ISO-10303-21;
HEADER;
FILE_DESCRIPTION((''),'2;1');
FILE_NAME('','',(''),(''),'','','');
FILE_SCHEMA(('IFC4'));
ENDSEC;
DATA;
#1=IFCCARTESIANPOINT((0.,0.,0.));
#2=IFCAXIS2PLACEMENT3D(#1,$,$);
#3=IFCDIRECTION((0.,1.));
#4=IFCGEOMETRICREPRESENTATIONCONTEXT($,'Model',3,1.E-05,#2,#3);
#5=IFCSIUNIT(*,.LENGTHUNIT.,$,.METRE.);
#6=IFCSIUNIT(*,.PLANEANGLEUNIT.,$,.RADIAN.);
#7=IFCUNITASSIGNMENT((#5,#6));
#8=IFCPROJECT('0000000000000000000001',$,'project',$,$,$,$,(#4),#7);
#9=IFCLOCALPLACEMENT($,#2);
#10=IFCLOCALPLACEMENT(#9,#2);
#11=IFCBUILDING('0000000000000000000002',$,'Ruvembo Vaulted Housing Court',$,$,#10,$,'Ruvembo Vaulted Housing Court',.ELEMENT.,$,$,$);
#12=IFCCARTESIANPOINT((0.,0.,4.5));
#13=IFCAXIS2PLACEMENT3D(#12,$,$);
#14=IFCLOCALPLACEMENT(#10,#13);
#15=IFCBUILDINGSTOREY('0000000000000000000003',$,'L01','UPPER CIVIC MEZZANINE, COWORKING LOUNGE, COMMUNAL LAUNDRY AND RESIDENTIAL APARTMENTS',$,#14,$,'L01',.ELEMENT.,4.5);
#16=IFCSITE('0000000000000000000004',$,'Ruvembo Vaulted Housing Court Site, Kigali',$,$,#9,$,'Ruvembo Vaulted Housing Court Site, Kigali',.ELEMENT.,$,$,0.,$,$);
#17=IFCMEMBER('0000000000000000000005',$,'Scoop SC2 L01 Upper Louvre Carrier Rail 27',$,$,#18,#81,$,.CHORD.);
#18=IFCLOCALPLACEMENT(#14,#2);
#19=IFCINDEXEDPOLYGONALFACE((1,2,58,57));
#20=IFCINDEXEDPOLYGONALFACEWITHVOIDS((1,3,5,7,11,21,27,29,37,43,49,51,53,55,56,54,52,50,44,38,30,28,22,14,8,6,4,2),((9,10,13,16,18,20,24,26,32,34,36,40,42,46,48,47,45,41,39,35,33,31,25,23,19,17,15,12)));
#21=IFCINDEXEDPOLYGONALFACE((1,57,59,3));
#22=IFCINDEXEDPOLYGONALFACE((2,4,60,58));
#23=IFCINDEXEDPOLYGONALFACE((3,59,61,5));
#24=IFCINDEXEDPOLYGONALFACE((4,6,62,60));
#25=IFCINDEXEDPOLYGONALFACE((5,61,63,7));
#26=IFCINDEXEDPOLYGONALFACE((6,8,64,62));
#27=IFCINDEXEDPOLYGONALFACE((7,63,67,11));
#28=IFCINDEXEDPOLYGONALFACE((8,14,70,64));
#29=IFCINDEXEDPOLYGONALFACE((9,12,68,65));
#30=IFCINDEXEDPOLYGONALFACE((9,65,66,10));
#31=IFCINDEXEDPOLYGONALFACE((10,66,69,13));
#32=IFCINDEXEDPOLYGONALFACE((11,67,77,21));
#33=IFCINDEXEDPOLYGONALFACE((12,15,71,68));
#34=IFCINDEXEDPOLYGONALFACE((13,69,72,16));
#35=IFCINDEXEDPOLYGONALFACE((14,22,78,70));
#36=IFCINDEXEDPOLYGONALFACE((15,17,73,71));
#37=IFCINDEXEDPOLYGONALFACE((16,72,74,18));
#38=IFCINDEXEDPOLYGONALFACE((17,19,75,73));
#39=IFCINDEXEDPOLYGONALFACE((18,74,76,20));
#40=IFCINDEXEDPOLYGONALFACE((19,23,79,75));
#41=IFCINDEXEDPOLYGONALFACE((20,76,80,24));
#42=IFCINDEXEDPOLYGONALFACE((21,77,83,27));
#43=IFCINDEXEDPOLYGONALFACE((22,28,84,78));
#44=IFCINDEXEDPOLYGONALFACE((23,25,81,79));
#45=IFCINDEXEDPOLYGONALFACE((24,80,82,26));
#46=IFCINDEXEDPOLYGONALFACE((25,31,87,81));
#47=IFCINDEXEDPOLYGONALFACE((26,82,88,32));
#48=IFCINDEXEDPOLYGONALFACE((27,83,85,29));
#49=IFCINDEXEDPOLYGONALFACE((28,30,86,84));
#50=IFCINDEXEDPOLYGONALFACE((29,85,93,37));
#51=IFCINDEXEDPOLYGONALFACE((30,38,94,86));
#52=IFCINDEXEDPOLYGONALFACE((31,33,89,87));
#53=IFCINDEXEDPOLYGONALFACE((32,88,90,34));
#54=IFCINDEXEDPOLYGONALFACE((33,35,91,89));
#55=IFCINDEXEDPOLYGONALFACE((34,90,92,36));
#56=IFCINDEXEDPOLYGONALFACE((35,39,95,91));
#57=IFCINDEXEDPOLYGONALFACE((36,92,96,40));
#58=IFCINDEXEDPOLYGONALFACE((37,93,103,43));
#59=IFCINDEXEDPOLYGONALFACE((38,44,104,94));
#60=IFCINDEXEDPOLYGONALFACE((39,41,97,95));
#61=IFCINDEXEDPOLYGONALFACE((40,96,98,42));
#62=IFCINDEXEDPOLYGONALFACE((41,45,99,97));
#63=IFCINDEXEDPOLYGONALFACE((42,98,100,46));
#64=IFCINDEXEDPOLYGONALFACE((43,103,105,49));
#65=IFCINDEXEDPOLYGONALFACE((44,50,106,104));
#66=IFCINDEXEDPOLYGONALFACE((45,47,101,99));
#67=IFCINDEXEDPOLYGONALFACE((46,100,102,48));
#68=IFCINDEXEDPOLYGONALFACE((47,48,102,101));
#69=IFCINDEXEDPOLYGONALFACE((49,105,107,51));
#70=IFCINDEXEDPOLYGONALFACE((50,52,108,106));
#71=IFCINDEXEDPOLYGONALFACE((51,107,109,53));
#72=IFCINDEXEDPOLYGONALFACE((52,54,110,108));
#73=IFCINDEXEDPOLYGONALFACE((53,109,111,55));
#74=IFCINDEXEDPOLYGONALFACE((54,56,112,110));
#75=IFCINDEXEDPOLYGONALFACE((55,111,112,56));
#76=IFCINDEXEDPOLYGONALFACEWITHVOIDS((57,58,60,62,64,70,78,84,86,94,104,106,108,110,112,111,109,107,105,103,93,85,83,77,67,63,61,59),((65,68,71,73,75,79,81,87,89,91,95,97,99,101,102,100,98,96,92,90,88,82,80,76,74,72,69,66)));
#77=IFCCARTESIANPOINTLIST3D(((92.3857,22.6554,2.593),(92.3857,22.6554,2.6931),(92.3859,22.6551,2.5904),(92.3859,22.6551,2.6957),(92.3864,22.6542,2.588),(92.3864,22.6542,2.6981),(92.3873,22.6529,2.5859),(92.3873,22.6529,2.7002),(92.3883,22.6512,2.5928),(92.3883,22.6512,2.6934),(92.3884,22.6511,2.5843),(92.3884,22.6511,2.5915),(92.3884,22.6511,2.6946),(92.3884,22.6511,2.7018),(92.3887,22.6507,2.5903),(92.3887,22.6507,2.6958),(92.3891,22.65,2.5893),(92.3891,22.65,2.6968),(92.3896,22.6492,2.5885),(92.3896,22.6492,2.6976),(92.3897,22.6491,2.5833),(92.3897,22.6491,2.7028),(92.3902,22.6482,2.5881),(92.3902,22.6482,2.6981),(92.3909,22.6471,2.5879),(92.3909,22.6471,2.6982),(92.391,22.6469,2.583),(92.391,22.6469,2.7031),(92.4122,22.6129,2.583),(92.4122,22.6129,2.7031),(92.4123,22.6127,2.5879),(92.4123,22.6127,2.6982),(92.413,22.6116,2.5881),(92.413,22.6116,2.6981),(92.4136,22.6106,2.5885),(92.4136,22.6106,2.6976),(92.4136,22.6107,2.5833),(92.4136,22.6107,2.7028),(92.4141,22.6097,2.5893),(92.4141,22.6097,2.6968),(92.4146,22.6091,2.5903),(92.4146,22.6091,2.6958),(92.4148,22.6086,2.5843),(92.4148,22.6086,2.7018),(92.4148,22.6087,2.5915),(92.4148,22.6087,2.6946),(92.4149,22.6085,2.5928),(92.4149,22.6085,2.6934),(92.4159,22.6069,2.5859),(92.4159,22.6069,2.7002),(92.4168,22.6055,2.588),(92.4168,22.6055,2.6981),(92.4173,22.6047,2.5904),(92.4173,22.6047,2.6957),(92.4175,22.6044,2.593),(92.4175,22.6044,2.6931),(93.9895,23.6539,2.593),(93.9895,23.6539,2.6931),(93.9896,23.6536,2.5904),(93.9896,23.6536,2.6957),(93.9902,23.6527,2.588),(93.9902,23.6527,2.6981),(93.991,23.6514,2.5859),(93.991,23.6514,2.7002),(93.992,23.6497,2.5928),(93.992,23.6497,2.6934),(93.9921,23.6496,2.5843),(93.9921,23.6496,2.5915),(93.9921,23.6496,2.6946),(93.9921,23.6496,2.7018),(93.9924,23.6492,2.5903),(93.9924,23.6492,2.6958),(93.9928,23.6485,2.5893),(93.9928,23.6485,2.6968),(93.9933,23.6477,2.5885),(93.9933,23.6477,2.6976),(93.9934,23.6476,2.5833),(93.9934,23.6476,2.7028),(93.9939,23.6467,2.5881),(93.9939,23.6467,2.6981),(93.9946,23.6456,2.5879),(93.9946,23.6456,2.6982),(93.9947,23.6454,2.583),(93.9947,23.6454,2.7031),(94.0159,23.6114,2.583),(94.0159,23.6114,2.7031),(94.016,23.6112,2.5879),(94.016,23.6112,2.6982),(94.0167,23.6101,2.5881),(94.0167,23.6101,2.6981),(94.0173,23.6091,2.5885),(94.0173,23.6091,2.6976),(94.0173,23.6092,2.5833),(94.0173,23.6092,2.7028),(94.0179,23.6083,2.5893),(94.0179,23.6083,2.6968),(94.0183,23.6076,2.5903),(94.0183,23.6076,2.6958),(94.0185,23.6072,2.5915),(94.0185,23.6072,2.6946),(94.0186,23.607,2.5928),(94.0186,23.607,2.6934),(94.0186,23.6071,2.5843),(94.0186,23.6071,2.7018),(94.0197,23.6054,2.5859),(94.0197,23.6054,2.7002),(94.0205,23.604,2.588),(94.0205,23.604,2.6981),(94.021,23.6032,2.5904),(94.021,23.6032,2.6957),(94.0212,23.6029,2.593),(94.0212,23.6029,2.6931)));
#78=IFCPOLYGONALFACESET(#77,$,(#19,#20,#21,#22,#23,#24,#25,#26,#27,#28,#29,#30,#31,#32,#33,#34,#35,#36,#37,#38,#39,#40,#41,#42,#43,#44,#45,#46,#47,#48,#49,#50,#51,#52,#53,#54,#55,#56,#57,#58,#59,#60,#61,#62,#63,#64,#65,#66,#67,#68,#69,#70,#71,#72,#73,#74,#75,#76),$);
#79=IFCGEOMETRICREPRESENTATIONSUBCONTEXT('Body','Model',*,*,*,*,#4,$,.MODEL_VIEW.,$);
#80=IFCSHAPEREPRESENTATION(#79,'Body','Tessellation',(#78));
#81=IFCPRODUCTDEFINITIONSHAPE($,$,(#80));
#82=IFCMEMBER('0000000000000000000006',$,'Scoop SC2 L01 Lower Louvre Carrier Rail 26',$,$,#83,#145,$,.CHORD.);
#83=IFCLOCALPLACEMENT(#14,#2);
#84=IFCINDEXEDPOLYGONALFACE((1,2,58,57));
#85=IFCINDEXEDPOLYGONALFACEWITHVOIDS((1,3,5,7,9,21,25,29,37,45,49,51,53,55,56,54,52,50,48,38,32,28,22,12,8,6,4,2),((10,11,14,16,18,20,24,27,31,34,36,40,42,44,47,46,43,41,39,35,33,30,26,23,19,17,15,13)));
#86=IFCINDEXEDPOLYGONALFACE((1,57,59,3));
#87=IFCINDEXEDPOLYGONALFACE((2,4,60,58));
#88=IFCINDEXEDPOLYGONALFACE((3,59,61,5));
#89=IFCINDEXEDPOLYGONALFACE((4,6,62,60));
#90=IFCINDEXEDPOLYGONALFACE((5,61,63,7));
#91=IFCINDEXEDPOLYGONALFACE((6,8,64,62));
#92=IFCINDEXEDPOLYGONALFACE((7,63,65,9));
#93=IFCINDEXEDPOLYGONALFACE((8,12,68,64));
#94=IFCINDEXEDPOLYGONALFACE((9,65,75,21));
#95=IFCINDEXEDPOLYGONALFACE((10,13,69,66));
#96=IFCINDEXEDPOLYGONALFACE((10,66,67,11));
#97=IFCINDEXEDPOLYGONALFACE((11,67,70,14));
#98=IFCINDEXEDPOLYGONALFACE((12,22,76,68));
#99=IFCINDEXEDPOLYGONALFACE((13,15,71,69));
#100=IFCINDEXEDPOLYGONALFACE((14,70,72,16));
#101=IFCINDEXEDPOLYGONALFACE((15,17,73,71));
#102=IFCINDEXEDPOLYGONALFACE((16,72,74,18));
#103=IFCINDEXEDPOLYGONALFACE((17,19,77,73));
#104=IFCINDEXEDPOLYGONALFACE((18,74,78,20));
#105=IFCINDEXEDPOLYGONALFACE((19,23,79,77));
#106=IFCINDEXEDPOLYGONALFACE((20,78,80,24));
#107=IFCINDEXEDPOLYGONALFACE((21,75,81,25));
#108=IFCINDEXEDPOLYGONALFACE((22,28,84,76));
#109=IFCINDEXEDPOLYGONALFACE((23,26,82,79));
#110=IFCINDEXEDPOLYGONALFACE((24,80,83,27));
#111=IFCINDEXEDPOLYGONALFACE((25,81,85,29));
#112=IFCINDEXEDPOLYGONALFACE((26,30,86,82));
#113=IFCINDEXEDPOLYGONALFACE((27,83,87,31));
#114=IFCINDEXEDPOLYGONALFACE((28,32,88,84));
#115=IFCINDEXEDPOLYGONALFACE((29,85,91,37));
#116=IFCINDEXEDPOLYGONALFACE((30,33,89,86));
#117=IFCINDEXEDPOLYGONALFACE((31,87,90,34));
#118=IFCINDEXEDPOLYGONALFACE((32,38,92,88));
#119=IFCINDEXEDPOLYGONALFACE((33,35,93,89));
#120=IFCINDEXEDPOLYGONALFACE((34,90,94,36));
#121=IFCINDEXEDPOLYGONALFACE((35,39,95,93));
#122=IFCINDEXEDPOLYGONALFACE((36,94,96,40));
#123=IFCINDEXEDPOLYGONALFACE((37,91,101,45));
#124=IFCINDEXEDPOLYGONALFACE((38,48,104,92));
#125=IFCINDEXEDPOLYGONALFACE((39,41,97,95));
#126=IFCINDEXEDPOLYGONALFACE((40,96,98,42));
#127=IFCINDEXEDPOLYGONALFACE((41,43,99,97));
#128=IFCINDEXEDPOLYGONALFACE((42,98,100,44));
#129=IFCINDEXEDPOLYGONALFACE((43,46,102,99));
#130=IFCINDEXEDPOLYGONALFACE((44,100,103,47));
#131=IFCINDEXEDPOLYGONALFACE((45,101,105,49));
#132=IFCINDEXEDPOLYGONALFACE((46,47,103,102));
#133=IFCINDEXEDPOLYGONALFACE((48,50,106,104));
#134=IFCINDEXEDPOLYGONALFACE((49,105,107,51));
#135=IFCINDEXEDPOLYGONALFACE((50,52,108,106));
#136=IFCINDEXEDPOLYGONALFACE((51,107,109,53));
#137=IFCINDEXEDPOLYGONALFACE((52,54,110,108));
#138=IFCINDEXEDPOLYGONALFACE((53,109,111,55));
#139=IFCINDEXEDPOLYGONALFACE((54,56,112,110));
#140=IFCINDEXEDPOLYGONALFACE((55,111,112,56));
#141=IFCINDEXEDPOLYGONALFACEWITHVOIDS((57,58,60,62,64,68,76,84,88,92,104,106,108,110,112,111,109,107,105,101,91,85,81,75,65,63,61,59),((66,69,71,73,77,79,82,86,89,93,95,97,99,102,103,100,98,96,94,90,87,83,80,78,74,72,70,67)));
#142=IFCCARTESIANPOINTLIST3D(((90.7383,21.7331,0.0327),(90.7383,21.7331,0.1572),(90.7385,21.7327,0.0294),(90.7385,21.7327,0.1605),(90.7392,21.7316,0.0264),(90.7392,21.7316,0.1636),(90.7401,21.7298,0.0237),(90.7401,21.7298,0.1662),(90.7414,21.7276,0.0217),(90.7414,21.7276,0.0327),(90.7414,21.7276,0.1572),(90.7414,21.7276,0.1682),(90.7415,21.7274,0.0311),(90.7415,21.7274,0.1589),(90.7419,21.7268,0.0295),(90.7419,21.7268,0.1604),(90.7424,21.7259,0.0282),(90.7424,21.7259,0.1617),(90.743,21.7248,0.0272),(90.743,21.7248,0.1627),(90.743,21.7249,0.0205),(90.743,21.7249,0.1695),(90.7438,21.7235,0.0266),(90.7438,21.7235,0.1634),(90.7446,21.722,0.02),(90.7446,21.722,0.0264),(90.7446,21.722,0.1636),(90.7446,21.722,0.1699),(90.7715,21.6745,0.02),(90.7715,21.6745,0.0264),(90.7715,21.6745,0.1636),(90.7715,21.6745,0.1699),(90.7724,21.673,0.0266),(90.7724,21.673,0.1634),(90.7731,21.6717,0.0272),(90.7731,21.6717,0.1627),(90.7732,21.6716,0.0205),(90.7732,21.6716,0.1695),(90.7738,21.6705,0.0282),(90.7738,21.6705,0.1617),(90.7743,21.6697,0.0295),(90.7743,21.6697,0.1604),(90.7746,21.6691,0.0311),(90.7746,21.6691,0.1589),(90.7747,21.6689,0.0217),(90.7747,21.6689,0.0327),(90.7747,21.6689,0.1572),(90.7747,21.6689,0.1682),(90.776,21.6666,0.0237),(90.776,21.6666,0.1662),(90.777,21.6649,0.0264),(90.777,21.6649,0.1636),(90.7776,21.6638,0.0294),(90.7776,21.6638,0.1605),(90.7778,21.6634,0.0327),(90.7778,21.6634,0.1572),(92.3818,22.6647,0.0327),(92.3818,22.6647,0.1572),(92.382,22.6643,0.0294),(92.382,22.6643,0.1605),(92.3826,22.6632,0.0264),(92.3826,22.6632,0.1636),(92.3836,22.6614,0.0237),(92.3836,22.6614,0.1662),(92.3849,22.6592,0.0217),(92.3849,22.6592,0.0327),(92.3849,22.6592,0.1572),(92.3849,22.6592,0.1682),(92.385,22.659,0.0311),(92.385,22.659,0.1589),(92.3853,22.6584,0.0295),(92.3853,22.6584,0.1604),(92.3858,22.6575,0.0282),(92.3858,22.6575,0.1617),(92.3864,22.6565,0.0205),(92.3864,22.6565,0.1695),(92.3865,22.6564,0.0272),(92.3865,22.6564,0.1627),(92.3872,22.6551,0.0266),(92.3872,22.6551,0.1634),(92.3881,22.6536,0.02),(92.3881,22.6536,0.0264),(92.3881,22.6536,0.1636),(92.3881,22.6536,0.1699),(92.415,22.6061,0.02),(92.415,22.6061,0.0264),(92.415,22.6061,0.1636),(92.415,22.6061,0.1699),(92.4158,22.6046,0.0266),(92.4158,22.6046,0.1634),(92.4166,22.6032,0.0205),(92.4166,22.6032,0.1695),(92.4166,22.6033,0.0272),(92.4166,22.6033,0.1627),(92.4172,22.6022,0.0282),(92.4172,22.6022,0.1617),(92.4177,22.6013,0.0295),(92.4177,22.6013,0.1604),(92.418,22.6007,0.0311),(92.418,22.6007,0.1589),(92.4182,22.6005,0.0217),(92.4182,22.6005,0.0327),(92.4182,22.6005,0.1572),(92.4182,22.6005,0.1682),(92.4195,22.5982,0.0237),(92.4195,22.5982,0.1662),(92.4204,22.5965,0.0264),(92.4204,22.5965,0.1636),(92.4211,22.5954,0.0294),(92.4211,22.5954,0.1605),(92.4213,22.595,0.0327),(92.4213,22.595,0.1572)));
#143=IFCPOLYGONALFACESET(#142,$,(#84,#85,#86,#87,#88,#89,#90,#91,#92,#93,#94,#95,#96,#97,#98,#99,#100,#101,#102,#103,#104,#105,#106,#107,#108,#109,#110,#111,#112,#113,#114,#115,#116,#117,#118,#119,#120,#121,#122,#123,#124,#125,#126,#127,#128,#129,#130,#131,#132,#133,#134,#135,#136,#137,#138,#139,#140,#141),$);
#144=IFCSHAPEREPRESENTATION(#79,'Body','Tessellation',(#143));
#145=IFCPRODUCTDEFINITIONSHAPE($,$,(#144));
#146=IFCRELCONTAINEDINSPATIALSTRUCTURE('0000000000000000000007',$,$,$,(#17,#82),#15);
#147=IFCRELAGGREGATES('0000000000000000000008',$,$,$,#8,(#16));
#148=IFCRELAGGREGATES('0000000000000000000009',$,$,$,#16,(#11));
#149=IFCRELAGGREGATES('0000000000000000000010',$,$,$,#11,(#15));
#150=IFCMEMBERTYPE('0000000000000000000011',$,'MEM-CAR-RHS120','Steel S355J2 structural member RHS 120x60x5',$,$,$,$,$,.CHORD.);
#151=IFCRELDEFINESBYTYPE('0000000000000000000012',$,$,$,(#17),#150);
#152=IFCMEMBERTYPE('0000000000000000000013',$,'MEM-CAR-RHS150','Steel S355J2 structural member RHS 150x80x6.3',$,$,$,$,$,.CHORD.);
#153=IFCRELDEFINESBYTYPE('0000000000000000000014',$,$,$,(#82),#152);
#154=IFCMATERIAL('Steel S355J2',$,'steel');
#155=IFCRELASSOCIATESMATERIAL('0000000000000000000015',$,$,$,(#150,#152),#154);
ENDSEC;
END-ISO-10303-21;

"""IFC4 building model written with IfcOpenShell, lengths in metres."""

from ifc_helpers import new_model, si_unit, direction, frame, origin, origin_2d, place, context, subcontext, project, spatial, hollow_rectangle, extrude, material, material_profile, profile_set, type_object, element, save


model = new_model("IFC4")

# Units and contexts
model_context = context("Model", 3, precision=1e-05, world=origin(), true_north=direction((0.0, 1.0)))
body_context = subcontext(model_context, "Body", "Model", "MODEL_VIEW")
ifc_project = project(units=[si_unit("LENGTHUNIT", "METRE"), si_unit("PLANEANGLEUNIT", "RADIAN")], contexts=[model_context])

# Site, building, storey
site_placement = place(None, origin())
site = spatial("IfcSite", under=ifc_project, at=site_placement, Name="Ruvembo Vaulted Housing Court Site, Kigali", LongName="Ruvembo Vaulted Housing Court Site, Kigali", CompositionType="ELEMENT", RefElevation=0.0)
building_placement = place(site_placement, origin())
building = spatial("IfcBuilding", under=site, at=building_placement, Name="Ruvembo Vaulted Housing Court", LongName="Ruvembo Vaulted Housing Court", CompositionType="ELEMENT")
storey_placement = place(building_placement, frame((0.0, 0.0, 4.5)))
storey = spatial("IfcBuildingStorey", under=building, at=storey_placement, Name="L01", Description="UPPER CIVIC MEZZANINE, COWORKING LOUNGE, COMMUNAL LAUNDRY AND RESIDENTIAL APARTMENTS", LongName="L01", CompositionType="ELEMENT", Elevation=4.5)

# Shared definitions
ifc_material_1 = material(Name="Steel S355J2", Category="steel")

# Members
ifc_material_profile_1 = material_profile(ifc_material_1, hollow_rectangle(XDim=0.0601, YDim=0.1201, WallThickness=0.0049, InnerFilletRadius=0.0049, OuterFilletRadius=0.01, at=origin_2d()), Name="RHS 120x60x5")
ifc_profile_set_1 = profile_set([ifc_material_profile_1], Name="Steel S355J2")
member_type_1 = type_object("IfcMemberType", Name="MEM-CAR-RHS120", Description="Steel S355J2 structural member RHS 120x60x5", PredefinedType="CHORD", material=ifc_profile_set_1)
for number, where, z_axis, x_axis, name in (
    (1, (92.4016, 22.6299, 2.6431), (0.848905, 0.528546, 0.0), (-0.528546, 0.848905, 0.0), "Scoop SC2 L01 Upper Louvre Carrier Rail 27"),
):
    element("IfcMember", number, at=place(storey_placement, frame(where, z_axis=z_axis, x_axis=x_axis)), inside=storey, type_object=member_type_1, Name=name, PredefinedType="CHORD", context=body_context, shape_type="SweptSolid", body=[
        extrude(hollow_rectangle(XDim=0.0601, YDim=0.1201, WallThickness=0.0049, InnerFilletRadius=0.0049, OuterFilletRadius=0.01, at=origin_2d()), origin(), (0.0, 0.0, 1.0), 1.8892),
    ])
ifc_material_profile_2 = material_profile(ifc_material_1, hollow_rectangle(XDim=0.0801, YDim=0.1499, WallThickness=0.0063, InnerFilletRadius=0.0063, OuterFilletRadius=0.0127, at=origin_2d()), Name="RHS 150x80x6.3")
ifc_profile_set_2 = profile_set([ifc_material_profile_2], Name="Steel S355J2")
member_type_2 = type_object("IfcMemberType", Name="MEM-CAR-RHS150", Description="Steel S355J2 structural member RHS 150x80x6.3", PredefinedType="CHORD", material=ifc_profile_set_2)
for number, where, z_axis, x_axis, name in (
    (2, (90.7581, 21.6982, 0.095), (0.869956, 0.49313, 0.0), (-0.49313, 0.869956, 0.0), "Scoop SC2 L01 Lower Louvre Carrier Rail 26"),
):
    element("IfcMember", number, at=place(storey_placement, frame(where, z_axis=z_axis, x_axis=x_axis)), inside=storey, type_object=member_type_2, Name=name, PredefinedType="CHORD", context=body_context, shape_type="SweptSolid", body=[
        extrude(hollow_rectangle(XDim=0.0801, YDim=0.1499, WallThickness=0.0063, InnerFilletRadius=0.0063, OuterFilletRadius=0.0127, at=origin_2d()), origin(), (0.0, 0.0, 1.0), 1.8892),
    ])

save(model, "model.ifc")
